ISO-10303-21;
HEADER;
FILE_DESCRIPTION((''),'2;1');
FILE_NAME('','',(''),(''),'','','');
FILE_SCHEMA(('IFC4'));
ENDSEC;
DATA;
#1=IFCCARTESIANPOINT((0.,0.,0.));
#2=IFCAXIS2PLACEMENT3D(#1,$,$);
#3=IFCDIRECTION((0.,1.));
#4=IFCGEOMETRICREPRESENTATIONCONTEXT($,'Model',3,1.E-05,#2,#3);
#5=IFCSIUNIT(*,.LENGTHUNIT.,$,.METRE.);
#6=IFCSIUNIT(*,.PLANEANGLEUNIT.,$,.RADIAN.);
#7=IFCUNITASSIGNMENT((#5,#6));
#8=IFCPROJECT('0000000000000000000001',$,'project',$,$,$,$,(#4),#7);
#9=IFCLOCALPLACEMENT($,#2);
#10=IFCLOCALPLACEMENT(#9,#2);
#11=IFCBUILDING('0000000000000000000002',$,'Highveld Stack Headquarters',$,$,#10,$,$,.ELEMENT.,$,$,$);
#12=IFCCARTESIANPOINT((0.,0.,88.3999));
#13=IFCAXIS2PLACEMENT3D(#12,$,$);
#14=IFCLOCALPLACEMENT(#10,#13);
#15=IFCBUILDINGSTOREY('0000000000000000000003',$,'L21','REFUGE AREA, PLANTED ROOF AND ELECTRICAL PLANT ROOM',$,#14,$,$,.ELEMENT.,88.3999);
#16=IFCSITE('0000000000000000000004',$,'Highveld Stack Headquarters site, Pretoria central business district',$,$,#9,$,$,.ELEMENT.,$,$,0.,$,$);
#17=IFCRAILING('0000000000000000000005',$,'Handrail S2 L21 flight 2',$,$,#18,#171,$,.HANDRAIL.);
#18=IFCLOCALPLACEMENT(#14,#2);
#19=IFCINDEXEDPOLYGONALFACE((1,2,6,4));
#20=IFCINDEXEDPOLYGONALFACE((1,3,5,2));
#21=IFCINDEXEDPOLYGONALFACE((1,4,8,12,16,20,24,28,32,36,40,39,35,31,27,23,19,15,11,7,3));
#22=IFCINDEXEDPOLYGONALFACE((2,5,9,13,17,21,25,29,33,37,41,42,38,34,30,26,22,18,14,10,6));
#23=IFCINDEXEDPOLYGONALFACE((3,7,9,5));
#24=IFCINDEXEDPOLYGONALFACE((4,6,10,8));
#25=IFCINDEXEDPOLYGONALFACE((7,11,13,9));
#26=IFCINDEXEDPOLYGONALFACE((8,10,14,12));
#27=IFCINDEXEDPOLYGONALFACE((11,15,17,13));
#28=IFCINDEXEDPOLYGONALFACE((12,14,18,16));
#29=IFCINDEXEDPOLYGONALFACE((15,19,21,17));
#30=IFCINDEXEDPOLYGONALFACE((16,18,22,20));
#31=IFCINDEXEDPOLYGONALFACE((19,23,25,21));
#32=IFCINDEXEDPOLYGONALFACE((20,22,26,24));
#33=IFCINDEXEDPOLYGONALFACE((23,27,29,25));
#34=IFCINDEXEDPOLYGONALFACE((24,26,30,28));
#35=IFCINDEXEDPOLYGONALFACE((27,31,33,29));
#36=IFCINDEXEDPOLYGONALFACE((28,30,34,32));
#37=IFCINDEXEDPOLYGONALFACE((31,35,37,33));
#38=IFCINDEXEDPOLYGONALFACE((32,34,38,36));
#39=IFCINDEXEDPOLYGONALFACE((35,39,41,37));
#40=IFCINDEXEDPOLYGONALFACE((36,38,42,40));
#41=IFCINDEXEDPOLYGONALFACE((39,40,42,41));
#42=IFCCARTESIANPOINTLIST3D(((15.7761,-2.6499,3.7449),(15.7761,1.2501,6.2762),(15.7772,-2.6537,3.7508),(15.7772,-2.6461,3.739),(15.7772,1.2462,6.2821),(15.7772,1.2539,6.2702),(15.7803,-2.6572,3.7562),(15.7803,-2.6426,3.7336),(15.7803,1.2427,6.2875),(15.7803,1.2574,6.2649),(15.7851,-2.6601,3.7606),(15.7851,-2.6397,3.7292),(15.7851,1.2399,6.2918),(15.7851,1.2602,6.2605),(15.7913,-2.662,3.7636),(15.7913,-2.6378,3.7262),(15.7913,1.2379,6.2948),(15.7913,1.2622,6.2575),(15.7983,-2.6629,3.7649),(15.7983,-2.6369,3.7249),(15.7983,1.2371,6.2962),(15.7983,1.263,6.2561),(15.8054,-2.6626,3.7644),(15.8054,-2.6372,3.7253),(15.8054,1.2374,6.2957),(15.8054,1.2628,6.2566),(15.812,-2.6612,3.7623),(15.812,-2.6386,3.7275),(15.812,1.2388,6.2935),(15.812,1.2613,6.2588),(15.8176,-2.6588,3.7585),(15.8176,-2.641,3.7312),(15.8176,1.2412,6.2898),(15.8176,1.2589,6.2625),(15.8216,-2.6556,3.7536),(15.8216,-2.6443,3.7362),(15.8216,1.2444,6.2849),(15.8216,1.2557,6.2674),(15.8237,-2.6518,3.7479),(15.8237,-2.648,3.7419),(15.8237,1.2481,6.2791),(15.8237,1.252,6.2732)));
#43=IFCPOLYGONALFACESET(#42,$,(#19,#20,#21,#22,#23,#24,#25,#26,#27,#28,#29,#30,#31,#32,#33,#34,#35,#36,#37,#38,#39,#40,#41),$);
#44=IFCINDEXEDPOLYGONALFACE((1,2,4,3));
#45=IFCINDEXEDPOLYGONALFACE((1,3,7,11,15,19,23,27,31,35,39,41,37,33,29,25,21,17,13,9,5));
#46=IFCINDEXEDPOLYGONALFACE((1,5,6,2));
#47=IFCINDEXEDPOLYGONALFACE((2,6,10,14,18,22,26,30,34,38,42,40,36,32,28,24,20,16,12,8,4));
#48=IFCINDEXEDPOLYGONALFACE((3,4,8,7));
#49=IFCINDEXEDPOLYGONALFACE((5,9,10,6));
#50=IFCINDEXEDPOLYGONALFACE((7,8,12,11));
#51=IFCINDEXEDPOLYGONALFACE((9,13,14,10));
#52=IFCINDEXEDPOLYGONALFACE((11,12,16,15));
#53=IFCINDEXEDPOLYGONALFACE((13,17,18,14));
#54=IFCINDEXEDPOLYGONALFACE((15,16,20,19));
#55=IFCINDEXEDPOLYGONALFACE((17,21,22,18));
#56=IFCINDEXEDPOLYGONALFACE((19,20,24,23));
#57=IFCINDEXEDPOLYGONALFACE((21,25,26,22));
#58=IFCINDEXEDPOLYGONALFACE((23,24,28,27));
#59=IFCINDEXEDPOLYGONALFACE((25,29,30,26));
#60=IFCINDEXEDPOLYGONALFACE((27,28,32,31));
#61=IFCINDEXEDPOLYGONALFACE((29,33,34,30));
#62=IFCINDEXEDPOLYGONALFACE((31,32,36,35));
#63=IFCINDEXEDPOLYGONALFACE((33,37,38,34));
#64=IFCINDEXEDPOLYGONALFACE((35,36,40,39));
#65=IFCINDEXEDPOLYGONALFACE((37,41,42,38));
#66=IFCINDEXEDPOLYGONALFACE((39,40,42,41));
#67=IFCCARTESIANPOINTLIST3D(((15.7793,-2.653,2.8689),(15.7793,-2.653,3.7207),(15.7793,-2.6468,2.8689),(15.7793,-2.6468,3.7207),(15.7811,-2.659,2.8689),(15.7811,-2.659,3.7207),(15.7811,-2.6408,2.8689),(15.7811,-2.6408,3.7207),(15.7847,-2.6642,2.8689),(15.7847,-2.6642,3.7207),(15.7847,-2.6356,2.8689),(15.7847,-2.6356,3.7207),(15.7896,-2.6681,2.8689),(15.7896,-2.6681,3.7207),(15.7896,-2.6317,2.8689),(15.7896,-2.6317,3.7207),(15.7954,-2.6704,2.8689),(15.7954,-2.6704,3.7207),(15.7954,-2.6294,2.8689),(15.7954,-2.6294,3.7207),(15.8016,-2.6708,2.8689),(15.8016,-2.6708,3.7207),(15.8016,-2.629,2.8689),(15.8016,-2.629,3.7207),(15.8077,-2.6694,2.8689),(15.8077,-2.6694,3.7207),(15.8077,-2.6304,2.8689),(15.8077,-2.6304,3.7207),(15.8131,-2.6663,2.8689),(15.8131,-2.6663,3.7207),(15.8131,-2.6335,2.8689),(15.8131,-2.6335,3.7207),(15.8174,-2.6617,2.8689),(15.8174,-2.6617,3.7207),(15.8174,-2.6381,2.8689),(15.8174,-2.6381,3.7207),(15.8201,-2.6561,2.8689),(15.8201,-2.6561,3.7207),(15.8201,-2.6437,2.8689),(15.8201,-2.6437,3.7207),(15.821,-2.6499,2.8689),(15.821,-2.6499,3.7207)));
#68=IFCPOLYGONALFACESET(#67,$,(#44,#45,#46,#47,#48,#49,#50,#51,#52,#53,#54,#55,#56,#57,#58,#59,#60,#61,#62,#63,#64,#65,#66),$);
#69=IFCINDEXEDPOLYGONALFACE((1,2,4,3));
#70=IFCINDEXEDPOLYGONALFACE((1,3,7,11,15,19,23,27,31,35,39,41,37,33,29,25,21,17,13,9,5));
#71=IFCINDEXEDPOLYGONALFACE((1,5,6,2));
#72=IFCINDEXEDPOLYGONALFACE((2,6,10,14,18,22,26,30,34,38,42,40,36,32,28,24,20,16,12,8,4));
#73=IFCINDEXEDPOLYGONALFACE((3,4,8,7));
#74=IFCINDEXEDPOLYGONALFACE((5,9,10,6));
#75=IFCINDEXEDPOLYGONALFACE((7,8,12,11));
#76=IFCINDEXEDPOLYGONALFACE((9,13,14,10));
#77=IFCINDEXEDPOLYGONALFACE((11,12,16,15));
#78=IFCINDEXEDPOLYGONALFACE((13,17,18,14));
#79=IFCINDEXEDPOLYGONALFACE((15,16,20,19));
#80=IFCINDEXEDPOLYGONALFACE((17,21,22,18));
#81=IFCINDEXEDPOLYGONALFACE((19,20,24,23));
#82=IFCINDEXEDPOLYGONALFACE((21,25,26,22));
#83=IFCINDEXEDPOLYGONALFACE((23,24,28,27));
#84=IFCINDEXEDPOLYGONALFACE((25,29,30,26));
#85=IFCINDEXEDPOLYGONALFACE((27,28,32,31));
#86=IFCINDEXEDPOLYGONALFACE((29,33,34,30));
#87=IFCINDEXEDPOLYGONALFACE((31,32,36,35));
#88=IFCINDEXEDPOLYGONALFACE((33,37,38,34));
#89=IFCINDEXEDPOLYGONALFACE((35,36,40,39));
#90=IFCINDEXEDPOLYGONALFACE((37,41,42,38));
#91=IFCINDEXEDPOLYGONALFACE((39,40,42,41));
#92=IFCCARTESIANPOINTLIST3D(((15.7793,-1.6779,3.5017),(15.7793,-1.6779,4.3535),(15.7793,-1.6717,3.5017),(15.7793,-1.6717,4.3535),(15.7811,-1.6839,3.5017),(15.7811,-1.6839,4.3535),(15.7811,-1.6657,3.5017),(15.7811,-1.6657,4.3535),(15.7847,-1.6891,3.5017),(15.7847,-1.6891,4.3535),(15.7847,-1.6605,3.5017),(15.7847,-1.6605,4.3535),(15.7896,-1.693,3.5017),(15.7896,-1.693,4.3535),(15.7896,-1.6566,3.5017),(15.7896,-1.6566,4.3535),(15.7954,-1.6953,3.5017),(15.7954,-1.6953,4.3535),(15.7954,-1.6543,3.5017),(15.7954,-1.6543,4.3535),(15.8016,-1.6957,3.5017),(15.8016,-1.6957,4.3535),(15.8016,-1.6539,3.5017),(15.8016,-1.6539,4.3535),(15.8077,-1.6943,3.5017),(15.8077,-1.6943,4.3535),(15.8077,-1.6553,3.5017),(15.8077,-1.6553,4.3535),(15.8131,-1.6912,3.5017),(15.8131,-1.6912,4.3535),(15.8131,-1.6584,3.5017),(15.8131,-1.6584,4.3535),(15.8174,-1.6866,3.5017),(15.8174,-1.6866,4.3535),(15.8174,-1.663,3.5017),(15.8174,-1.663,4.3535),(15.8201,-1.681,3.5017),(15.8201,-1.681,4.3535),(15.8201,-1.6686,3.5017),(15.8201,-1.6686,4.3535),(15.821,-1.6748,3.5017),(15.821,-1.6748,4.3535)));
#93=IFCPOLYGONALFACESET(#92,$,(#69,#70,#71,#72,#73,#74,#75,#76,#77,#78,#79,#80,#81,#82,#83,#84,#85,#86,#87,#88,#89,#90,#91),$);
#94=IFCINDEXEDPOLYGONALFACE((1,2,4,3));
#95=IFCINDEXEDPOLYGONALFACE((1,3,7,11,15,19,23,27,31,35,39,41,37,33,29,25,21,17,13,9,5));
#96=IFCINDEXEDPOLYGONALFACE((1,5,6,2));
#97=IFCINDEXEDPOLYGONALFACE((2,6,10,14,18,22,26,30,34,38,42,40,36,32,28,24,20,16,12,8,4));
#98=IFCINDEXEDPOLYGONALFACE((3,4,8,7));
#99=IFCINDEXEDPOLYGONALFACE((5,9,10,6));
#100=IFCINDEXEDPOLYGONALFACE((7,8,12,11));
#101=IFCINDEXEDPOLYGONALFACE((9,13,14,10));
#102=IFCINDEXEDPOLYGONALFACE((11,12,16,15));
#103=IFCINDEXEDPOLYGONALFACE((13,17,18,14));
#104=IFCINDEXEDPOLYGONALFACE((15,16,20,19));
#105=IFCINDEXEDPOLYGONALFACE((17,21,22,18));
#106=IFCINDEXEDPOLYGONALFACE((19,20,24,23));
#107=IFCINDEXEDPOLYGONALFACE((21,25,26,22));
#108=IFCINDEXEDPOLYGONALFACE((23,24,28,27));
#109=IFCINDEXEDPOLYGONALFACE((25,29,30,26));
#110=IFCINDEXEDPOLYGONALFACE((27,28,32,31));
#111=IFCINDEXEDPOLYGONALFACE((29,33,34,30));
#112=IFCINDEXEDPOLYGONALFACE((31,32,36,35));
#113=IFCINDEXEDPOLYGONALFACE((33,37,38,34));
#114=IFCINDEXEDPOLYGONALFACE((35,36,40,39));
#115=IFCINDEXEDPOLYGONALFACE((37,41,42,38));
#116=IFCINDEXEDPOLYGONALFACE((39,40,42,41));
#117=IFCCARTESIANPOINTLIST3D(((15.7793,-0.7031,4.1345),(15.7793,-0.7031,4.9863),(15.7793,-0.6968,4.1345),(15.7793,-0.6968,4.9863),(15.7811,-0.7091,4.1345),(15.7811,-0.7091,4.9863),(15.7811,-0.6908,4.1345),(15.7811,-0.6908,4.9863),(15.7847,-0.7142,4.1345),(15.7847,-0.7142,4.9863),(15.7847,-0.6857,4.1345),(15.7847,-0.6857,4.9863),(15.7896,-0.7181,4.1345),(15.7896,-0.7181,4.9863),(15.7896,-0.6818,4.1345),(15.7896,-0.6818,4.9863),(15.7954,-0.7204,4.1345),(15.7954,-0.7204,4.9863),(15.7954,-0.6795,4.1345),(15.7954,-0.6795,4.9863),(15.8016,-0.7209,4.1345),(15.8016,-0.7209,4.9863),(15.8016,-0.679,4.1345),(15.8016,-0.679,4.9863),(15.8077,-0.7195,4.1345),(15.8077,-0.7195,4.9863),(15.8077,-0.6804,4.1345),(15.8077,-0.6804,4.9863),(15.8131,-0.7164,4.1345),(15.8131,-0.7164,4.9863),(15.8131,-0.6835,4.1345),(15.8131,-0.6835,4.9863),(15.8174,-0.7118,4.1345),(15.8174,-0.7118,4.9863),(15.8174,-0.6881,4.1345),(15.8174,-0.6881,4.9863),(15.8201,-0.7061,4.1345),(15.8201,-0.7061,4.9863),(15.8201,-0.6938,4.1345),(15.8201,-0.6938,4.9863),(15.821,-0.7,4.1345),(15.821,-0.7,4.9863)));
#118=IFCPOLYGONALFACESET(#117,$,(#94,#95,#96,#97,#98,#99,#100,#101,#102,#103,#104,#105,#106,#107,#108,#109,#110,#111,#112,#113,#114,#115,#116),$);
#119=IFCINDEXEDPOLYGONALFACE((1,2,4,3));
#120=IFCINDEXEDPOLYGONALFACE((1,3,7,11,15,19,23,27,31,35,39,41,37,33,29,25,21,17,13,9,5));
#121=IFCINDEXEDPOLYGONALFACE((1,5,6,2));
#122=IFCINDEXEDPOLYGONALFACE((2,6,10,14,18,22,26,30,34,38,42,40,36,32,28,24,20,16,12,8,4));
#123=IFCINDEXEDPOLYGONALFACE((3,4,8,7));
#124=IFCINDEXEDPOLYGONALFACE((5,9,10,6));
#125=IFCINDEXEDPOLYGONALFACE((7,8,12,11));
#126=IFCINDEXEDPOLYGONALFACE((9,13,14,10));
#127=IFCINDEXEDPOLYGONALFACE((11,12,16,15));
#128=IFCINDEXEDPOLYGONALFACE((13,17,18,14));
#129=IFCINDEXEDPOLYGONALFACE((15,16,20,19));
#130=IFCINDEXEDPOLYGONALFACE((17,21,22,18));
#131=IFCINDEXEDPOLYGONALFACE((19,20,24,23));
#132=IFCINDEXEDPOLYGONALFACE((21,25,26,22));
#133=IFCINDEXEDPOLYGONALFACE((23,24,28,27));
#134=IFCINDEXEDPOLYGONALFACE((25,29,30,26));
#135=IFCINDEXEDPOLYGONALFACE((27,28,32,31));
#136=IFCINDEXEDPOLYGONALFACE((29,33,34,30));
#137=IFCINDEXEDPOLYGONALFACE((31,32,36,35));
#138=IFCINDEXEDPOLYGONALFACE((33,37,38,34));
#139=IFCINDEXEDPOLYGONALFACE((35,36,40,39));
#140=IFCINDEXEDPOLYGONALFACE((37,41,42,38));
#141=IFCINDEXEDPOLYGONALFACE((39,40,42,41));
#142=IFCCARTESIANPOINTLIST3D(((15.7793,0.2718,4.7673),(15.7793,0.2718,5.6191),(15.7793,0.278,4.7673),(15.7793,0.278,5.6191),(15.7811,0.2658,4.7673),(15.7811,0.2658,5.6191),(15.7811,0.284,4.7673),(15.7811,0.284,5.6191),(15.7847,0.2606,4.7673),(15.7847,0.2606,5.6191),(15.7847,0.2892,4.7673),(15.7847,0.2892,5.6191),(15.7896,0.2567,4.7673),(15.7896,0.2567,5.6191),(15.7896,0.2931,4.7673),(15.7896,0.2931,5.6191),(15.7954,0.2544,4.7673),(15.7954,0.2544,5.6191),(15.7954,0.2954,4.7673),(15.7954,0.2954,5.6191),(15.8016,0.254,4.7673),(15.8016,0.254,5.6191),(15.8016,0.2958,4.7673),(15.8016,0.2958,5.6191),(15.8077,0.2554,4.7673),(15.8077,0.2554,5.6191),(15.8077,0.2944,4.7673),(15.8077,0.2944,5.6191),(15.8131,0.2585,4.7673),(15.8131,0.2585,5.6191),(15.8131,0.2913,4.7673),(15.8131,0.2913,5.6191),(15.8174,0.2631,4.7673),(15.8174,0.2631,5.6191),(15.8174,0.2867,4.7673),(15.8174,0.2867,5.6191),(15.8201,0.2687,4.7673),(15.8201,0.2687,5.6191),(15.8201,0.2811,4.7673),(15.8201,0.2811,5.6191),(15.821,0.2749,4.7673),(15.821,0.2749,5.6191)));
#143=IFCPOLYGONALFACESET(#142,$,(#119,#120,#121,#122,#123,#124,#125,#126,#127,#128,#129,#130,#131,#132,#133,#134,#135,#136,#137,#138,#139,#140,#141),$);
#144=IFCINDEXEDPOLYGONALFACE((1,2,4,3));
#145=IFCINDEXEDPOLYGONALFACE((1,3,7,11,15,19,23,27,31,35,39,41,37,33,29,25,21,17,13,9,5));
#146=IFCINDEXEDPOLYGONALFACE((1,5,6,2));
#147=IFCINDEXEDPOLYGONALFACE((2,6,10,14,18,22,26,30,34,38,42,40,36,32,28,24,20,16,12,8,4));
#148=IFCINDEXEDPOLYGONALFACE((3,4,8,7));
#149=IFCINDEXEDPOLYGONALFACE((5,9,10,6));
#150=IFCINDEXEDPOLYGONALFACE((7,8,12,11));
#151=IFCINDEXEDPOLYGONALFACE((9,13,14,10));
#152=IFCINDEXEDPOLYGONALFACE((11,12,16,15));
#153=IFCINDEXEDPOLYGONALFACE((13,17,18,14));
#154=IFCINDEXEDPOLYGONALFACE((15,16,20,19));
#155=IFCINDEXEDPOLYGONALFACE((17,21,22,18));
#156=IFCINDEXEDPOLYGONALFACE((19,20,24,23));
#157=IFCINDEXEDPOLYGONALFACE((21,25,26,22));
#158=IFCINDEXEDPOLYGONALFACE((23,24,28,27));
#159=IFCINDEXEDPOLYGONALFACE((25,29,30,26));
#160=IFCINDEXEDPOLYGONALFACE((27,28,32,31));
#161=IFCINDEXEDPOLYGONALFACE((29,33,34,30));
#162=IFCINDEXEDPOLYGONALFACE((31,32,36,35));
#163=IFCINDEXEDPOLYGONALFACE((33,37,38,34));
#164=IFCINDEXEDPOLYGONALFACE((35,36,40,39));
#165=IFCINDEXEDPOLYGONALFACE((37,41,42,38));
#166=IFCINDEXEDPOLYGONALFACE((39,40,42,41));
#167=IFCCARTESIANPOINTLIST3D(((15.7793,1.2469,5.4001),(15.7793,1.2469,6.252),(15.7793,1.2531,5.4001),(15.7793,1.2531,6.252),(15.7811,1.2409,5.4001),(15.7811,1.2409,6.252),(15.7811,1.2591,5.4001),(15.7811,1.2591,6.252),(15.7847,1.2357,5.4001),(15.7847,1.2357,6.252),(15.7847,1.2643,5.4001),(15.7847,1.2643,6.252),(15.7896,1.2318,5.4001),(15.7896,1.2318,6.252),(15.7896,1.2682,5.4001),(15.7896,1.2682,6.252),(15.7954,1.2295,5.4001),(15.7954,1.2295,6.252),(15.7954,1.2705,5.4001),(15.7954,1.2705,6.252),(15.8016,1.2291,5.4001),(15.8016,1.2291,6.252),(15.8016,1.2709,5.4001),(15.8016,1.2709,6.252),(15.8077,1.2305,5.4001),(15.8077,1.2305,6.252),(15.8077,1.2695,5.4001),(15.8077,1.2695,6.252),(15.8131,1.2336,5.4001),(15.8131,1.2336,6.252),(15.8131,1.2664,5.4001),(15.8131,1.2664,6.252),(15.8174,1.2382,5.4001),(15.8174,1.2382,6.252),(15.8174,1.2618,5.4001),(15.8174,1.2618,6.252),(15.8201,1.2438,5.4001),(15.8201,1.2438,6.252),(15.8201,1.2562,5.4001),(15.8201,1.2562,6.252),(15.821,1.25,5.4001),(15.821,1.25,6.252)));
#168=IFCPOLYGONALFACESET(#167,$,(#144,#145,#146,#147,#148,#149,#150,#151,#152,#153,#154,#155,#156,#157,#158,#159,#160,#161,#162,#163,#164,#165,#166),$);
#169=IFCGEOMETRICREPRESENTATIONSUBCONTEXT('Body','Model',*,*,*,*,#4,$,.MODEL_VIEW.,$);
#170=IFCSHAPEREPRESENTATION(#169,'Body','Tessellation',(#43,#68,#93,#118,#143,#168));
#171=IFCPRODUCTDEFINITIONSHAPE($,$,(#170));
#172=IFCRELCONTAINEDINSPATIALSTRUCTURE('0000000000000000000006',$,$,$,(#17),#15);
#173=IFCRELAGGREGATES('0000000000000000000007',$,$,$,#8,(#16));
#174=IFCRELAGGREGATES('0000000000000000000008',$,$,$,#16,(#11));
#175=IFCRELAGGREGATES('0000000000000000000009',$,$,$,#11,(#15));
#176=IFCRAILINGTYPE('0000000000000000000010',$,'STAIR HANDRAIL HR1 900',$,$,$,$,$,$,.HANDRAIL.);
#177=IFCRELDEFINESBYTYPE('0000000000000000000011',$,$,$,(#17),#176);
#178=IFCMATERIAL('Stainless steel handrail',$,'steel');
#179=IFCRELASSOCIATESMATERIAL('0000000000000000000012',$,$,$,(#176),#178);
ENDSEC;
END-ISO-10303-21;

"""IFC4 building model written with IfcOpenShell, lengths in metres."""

from ifc_helpers import new_model, si_unit, direction, frame, origin, origin_2d, place, context, subcontext, project, spatial, circle, extrude, material, type_object, element, save


model = new_model("IFC4")

# Units and contexts
model_context = context("Model", 3, precision=1e-05, world=origin(), true_north=direction((0.0, 1.0)))
body_context = subcontext(model_context, "Body", "Model", "MODEL_VIEW")
ifc_project = project(units=[si_unit("LENGTHUNIT", "METRE"), si_unit("PLANEANGLEUNIT", "RADIAN")], contexts=[model_context])

# Site, building, storey
site_placement = place(None, origin())
site = spatial("IfcSite", under=ifc_project, at=site_placement, Name="Highveld Stack Headquarters site, Pretoria central business district", CompositionType="ELEMENT", RefElevation=0.0)
building_placement = place(site_placement, origin())
building = spatial("IfcBuilding", under=site, at=building_placement, Name="Highveld Stack Headquarters", CompositionType="ELEMENT")
storey_placement = place(building_placement, frame((0.0, 0.0, 88.3999)))
storey = spatial("IfcBuildingStorey", under=building, at=storey_placement, Name="L21", Description="REFUGE AREA, PLANTED ROOF AND ELECTRICAL PLANT ROOM", CompositionType="ELEMENT", Elevation=88.3999)

# Railing
ifc_material_1 = material(Name="Stainless steel handrail", Category="steel")
railing_type = type_object("IfcRailingType", Name="STAIR HANDRAIL HR1 900", PredefinedType="HANDRAIL", material=ifc_material_1)
for number, where, name in (
    (1, (15.8, -2.6499, 2.8689), "Handrail S2 L21 flight 2"),
):
    element("IfcRailing", number, at=place(storey_placement, frame(where)), inside=storey, type_object=railing_type, Name=name, PredefinedType="HANDRAIL", context=body_context, shape_type="SweptSolid", body=[
        extrude(circle(Radius=0.0239, at=origin_2d()), frame((0.0, 0.0, 0.876), z_axis=(0.0, 0.838806, 0.544431), x_axis=(-1.0, 0.0, 0.0)), (0.0, 0.0, 1.0), 4.6494),
        extrude(circle(Radius=0.021, at=origin_2d()), origin(), (0.0, 0.0, 1.0), 0.8518),
        extrude(circle(Radius=0.021, at=origin_2d()), frame((0.0, 0.9751, 0.6328)), (0.0, 0.0, 1.0), 0.8518),
        extrude(circle(Radius=0.021, at=origin_2d()), frame((0.0, 1.95, 1.2656)), (0.0, 0.0, 1.0), 0.8518),
        extrude(circle(Radius=0.021, at=origin_2d()), frame((0.0, 2.9248, 1.8984)), (0.0, 0.0, 1.0), 0.8518),
        extrude(circle(Radius=0.021, at=origin_2d()), frame((0.0, 3.8999, 2.5312)), (0.0, 0.0, 1.0), 0.8518),
    ])

save(model, "model.ifc")
